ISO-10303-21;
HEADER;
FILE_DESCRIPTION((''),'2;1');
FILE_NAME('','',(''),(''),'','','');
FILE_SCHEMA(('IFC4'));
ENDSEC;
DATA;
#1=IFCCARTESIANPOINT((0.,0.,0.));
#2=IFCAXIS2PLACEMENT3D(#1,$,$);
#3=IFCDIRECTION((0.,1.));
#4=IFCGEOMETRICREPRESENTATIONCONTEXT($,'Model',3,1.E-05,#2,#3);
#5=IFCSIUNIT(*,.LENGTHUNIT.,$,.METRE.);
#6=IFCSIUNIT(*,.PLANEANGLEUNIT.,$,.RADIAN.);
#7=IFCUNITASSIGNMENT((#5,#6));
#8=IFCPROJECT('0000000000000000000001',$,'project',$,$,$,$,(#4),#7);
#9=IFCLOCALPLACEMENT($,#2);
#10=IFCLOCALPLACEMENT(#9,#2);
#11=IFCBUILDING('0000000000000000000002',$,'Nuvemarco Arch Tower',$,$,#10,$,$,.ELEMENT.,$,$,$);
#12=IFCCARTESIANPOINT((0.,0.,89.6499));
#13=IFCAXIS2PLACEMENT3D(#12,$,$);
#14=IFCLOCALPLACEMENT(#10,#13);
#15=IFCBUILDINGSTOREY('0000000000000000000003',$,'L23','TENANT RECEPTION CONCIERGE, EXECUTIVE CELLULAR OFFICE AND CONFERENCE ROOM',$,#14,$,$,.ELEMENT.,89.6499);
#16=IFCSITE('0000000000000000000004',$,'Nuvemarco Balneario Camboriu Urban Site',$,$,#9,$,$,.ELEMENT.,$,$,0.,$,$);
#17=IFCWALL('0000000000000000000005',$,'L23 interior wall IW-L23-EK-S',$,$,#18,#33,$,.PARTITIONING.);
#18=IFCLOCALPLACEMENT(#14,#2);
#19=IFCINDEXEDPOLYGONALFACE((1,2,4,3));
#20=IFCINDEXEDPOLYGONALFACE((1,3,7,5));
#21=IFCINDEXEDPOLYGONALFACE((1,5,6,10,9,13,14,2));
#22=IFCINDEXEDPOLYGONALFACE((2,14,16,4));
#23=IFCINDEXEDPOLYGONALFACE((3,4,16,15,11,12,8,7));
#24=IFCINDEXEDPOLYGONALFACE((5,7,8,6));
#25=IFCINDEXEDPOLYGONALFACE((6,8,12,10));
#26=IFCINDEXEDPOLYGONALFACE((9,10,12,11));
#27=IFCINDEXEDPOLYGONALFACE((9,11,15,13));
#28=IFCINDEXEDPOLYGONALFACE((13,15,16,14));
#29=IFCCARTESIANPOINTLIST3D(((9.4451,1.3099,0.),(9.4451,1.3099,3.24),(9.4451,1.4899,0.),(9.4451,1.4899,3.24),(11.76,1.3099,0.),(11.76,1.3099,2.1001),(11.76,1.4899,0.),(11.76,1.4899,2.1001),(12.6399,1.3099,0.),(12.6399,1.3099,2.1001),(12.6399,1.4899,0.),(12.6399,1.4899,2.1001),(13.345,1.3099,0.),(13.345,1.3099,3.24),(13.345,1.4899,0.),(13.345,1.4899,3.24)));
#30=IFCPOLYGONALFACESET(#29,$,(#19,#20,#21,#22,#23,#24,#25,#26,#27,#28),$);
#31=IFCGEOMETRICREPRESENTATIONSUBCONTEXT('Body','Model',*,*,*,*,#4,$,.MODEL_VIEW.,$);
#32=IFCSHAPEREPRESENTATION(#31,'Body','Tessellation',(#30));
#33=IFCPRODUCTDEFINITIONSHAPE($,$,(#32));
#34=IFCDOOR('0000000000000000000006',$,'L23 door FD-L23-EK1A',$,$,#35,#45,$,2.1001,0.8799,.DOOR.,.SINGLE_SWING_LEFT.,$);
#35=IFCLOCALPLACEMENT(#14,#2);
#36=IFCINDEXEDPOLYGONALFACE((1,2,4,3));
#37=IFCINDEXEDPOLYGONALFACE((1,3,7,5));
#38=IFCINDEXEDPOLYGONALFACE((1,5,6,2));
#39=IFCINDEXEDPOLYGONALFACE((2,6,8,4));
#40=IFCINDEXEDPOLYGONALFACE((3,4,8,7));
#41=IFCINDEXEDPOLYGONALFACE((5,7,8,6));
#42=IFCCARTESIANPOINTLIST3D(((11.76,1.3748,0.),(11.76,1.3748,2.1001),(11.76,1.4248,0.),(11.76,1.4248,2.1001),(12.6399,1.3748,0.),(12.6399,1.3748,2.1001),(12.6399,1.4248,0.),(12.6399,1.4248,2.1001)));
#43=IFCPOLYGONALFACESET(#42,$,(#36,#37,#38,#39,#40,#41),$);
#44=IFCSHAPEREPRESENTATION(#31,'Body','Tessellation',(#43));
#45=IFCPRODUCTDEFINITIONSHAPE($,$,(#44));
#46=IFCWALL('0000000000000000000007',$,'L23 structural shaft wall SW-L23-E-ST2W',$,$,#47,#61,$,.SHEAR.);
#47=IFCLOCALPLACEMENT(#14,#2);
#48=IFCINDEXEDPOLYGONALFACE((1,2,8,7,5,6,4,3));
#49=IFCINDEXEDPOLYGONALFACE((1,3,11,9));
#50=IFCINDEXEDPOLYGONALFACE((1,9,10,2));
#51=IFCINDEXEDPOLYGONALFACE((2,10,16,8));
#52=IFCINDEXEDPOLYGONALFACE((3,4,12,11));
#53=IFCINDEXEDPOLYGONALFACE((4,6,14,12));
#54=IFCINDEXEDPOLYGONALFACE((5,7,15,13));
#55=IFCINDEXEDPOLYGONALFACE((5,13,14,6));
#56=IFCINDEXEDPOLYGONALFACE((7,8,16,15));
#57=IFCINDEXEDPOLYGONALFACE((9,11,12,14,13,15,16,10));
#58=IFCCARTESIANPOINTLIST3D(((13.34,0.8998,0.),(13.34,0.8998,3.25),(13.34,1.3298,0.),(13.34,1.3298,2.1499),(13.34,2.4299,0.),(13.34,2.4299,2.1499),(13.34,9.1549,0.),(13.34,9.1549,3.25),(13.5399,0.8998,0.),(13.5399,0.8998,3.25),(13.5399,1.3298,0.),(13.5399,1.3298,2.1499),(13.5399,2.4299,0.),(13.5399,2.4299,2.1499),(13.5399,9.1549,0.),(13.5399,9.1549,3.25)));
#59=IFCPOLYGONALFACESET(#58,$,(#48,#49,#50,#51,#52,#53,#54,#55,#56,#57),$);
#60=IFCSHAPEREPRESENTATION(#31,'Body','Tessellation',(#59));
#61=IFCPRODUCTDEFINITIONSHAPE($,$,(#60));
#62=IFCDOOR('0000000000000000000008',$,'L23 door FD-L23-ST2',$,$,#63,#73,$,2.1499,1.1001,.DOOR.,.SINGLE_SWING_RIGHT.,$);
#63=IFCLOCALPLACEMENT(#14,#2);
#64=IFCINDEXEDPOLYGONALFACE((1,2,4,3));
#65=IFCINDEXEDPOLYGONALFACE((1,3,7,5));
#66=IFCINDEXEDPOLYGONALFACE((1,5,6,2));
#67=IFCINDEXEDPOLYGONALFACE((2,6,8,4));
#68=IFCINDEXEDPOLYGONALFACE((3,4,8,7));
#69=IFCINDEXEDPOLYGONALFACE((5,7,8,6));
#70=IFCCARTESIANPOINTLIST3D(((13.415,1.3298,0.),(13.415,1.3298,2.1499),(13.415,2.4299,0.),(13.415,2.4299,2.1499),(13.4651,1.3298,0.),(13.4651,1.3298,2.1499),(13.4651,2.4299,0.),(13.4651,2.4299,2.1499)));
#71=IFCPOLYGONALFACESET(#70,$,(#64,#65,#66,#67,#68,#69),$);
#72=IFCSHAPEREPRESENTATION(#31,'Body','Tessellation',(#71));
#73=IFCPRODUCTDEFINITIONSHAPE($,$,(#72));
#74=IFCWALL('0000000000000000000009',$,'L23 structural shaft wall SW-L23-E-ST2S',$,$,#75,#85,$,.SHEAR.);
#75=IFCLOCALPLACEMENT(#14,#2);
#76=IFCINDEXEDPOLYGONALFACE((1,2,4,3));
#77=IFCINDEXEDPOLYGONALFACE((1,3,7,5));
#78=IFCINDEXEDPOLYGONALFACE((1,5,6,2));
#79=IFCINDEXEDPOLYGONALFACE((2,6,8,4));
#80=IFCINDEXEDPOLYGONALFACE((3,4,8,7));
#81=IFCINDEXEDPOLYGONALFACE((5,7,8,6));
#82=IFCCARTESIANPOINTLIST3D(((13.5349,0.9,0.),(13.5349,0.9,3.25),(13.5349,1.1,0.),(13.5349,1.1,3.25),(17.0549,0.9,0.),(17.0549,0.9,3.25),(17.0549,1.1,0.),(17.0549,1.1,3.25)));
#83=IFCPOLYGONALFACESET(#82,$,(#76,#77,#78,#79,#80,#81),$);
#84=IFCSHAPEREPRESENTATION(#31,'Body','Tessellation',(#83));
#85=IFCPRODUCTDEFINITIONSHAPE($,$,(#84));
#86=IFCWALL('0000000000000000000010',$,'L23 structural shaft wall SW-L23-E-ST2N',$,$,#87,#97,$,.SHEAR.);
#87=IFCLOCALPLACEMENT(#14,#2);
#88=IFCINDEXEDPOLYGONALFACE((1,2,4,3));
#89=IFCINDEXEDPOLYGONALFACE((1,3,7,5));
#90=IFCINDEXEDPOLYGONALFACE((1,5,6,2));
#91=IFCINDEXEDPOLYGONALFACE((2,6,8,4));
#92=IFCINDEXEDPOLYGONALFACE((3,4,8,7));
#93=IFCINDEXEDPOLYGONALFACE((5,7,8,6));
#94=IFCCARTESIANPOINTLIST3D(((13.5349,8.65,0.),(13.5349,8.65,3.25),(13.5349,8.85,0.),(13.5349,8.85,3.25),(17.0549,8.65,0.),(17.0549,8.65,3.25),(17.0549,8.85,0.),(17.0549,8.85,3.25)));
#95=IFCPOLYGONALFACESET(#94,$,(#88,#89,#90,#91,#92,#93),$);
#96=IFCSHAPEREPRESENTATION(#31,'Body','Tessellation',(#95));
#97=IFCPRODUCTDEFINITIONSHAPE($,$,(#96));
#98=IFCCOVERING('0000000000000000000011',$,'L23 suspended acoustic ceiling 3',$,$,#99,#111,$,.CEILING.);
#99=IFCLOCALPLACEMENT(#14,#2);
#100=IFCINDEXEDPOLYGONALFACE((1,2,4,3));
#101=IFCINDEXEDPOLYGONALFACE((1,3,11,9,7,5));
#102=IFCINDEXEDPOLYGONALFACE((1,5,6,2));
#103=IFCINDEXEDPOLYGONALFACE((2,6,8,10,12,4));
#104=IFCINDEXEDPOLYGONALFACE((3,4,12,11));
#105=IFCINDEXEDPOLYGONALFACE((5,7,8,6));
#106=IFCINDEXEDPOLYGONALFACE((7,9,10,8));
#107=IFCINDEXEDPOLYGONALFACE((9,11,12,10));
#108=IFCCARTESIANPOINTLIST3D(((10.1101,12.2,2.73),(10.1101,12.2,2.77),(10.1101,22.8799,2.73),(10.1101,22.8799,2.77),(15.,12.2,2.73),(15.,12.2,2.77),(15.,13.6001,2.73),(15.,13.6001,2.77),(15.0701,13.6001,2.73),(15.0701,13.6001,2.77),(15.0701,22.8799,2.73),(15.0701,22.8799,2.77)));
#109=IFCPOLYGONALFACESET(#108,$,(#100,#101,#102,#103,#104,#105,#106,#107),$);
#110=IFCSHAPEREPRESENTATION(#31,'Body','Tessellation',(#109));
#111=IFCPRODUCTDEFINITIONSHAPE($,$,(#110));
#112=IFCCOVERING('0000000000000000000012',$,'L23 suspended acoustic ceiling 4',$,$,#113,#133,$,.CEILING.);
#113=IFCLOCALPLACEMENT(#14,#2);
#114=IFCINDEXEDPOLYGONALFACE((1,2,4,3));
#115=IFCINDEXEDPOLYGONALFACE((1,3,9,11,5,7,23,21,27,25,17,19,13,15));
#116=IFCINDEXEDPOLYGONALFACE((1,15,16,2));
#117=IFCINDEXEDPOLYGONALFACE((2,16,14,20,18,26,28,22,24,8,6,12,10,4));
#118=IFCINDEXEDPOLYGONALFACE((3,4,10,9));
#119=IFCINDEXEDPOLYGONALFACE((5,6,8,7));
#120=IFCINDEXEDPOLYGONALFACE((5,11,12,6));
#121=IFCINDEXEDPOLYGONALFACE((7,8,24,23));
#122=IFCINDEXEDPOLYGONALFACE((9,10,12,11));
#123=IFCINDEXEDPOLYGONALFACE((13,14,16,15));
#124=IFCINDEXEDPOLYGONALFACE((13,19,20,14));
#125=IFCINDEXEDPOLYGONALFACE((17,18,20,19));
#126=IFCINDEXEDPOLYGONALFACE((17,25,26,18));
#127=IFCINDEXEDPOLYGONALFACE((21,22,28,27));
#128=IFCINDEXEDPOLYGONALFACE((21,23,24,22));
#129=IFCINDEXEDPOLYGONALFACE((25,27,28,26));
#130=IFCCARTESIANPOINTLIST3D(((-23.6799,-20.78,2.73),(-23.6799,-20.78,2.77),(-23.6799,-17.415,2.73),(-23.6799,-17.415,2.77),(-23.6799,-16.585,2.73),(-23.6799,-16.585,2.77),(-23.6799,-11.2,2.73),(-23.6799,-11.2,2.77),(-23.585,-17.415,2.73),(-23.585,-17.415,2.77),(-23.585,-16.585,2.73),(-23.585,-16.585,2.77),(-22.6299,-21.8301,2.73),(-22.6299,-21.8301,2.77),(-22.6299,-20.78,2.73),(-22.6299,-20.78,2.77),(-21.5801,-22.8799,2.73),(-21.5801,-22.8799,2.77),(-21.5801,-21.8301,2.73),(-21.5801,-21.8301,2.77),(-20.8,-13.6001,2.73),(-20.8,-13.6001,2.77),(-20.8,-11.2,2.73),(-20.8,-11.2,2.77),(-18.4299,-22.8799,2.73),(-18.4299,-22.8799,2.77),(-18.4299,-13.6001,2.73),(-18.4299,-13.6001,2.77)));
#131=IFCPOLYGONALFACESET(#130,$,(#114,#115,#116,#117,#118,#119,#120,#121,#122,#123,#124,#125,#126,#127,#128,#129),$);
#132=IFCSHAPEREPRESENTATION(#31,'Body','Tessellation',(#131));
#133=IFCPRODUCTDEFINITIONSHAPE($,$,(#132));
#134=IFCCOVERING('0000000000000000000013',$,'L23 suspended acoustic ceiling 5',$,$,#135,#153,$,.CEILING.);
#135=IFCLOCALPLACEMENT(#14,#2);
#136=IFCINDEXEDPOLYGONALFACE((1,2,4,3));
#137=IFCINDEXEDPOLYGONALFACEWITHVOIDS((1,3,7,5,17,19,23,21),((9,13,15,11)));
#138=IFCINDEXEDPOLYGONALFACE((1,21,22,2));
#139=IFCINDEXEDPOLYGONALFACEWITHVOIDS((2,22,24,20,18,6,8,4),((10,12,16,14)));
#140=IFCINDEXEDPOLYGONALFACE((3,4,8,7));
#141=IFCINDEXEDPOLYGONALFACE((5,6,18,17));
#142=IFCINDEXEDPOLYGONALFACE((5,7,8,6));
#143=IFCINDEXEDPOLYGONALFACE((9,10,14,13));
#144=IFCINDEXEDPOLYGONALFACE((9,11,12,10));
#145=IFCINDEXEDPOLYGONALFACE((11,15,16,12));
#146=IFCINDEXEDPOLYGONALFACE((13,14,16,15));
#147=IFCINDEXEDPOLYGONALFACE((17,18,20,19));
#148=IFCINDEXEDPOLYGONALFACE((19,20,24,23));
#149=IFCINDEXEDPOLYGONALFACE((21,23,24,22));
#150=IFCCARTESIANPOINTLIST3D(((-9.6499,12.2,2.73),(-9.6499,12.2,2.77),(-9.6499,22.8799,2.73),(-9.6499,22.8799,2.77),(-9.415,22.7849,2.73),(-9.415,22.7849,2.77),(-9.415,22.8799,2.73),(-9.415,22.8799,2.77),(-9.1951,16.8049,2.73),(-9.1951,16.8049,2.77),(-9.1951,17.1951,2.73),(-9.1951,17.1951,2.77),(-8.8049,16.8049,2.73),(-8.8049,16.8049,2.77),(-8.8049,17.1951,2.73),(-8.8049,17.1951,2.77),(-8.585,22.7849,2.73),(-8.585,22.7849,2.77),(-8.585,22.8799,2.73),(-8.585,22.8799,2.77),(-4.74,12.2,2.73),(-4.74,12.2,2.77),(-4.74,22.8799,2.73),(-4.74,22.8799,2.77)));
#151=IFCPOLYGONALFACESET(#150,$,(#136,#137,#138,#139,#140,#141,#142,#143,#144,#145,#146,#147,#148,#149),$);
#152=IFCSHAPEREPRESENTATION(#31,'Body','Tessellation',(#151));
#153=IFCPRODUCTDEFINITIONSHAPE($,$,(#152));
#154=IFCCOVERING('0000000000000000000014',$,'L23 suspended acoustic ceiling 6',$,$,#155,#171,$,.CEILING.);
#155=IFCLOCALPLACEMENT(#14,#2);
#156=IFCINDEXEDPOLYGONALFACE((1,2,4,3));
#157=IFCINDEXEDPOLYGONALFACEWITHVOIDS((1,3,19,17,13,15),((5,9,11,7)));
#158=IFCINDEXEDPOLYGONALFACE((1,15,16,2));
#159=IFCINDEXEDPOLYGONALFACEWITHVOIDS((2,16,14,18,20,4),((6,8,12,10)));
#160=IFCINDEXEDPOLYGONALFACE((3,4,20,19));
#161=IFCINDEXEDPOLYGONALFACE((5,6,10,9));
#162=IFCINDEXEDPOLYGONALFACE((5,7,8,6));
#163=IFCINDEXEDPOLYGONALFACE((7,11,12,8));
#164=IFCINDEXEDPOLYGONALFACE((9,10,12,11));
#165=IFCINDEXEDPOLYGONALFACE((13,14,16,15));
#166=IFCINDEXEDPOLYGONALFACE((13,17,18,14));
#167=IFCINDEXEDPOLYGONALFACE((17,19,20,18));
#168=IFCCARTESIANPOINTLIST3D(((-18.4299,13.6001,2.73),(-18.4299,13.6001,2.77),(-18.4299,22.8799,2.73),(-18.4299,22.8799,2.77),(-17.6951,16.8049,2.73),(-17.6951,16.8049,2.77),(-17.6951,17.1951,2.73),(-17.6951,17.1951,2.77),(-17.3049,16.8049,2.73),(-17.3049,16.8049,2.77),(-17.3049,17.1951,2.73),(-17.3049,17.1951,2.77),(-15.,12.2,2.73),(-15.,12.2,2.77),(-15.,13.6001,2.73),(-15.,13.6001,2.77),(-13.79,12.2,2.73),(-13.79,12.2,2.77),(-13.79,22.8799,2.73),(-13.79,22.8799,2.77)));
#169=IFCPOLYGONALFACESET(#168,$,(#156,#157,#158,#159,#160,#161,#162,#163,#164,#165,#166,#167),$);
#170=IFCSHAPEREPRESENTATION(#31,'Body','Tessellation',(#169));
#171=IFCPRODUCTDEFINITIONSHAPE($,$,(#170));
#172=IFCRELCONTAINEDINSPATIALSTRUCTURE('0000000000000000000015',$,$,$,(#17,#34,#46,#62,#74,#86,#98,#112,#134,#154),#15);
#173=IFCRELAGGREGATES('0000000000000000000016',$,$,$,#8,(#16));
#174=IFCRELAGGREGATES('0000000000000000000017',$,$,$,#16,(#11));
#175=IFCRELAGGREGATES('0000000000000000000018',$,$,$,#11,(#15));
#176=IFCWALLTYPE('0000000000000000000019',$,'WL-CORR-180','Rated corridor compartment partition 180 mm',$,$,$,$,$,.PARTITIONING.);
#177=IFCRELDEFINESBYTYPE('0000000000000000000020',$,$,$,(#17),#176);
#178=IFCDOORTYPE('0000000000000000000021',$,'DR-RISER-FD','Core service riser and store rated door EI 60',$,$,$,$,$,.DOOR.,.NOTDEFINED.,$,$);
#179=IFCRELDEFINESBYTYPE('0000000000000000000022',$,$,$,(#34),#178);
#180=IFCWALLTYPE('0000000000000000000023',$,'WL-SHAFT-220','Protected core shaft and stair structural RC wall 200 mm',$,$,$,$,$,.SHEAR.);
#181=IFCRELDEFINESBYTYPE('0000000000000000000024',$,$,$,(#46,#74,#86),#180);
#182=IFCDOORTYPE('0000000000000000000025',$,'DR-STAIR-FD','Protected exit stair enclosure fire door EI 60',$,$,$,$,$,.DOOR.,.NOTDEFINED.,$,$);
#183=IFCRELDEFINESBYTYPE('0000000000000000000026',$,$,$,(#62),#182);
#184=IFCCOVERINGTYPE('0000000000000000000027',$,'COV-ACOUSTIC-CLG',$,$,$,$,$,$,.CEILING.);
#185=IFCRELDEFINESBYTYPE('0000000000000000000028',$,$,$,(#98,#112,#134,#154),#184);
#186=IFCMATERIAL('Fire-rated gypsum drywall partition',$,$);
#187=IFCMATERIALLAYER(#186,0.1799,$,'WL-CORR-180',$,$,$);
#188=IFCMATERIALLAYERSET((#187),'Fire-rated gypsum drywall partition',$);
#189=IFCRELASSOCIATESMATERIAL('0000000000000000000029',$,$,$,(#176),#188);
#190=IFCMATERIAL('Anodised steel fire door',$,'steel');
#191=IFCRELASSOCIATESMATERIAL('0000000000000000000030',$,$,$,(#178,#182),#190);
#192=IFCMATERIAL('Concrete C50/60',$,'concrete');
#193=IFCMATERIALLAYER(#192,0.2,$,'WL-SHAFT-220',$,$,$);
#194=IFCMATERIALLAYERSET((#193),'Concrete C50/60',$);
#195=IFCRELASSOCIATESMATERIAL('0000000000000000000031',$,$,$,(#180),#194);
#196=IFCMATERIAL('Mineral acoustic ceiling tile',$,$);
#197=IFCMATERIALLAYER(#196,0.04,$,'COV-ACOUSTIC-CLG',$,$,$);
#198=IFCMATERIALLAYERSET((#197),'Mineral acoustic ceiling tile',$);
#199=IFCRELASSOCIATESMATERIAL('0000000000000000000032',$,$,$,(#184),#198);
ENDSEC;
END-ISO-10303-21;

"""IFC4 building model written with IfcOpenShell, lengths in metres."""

from ifc_helpers import new_model, si_unit, direction, frame, frame_2d, origin, place, context, subcontext, project, spatial, polyline, rectangle, outline, extrude, source, transform, mapped, material, layer, layer_set, type_object, type_shapes, element, fill, save


model = new_model("IFC4")

# Units and contexts
model_context = context("Model", 3, precision=1e-05, world=origin(), true_north=direction((0.0, 1.0)))
body_context = subcontext(model_context, "Body", "Model", "MODEL_VIEW")
ifc_project = project(units=[si_unit("LENGTHUNIT", "METRE"), si_unit("PLANEANGLEUNIT", "RADIAN")], contexts=[model_context])

# Site, building, storey
site_placement = place(None, origin())
site = spatial("IfcSite", under=ifc_project, at=site_placement, Name="Nuvemarco Balneario Camboriu Urban Site", CompositionType="ELEMENT", RefElevation=0.0)
building_placement = place(site_placement, origin())
building = spatial("IfcBuilding", under=site, at=building_placement, Name="Nuvemarco Arch Tower", CompositionType="ELEMENT")
storey_placement = place(building_placement, frame((0.0, 0.0, 89.6499)))
storey = spatial("IfcBuildingStorey", under=building, at=storey_placement, Name="L23", Description="TENANT RECEPTION CONCIERGE, EXECUTIVE CELLULAR OFFICE AND CONFERENCE ROOM", CompositionType="ELEMENT", Elevation=89.6499)

# Walls, openings, doors
ifc_material_1 = material(Name="Fire-rated gypsum drywall partition")
ifc_layer_1 = layer(ifc_material_1, 0.1799, Name="WL-CORR-180")
ifc_layer_set_1 = layer_set([ifc_layer_1], Name="Fire-rated gypsum drywall partition")
wall_type_1 = type_object("IfcWallType", Name="WL-CORR-180", Description="Rated corridor compartment partition 180 mm", PredefinedType="PARTITIONING", material=ifc_layer_set_1)
wall_1_placement = place(storey_placement, frame((9.4451, 1.3999, 0.0), z_axis=(0.0, 0.0, 1.0), x_axis=(1.0, 0.0, 0.0)))
wall_1 = element("IfcWall", 1, at=wall_1_placement, inside=storey, type_object=wall_type_1, Name="L23 interior wall IW-L23-EK-S", PredefinedType="PARTITIONING", context=body_context, shape_type="SweptSolid", body=[
    extrude(rectangle(XDim=3.8999, YDim=0.1799, at=frame_2d((1.95, 0.0))), origin(), (0.0, 0.0, 1.0), 3.24),
])
opening_1_placement = place(wall_1_placement, frame((2.3149, 0.0, 0.0)))
opening_1 = element("IfcOpeningElement", 2, at=opening_1_placement, cuts=wall_1, PredefinedType="OPENING", context=body_context, shape_type="SweptSolid", body=[
    extrude(rectangle(XDim=0.8799, YDim=2.1001, at=frame_2d((0.4399, 1.05))), frame((0.0, 0.0999, 0.0), z_axis=(0.0, -1.0, 0.0), x_axis=(1.0, 0.0, 0.0)), (0.0, 0.0, 1.0), 0.2),
])
ifc_material_2 = material(Name="Anodised steel fire door", Category="steel")
door_type_1 = type_object("IfcDoorType", Name="DR-RISER-FD", Description="Core service riser and store rated door EI 60", OperationType="NOTDEFINED", PredefinedType="DOOR", material=ifc_material_2)
shared_shape_1 = source(origin(), body_context, "Body", "SweptSolid", [
    extrude(rectangle(XDim=0.8799, YDim=2.1001, at=frame_2d((0.4399, 1.05))), frame((0.0, 0.0249, 0.0), z_axis=(0.0, -1.0, 0.0), x_axis=(1.0, 0.0, 0.0)), (0.0, 0.0, 1.0), 0.05),
])
type_shapes(door_type_1, [shared_shape_1])
door_1_placement = place(opening_1_placement, origin())
door_1 = element("IfcDoor", 3, at=door_1_placement, inside=storey, type_object=door_type_1, Name="L23 door FD-L23-EK1A", OperationType="SINGLE_SWING_LEFT", OverallHeight=2.1001, OverallWidth=0.8799, PredefinedType="DOOR", context=body_context, shape_type="MappedRepresentation", body=[
    mapped(shared_shape_1, transform((0.0, 0.0, 0.0), scale=1.0)),
])
fill(opening_1, door_1)
ifc_material_3 = material(Name="Concrete C50/60", Category="concrete")
ifc_layer_2 = layer(ifc_material_3, 0.2, Name="WL-SHAFT-220")
ifc_layer_set_2 = layer_set([ifc_layer_2], Name="Concrete C50/60")
wall_type_2 = type_object("IfcWallType", Name="WL-SHAFT-220", Description="Protected core shaft and stair structural RC wall 200 mm", PredefinedType="SHEAR", material=ifc_layer_set_2)
wall_2_placement = place(storey_placement, frame((13.4399, 0.8999, 0.0), z_axis=(0.0, 0.0, 1.0), x_axis=(0.0, 1.0, 0.0)))
wall_2 = element("IfcWall", 4, at=wall_2_placement, inside=storey, type_object=wall_type_2, Name="L23 structural shaft wall SW-L23-E-ST2W", PredefinedType="SHEAR", context=body_context, shape_type="SweptSolid", body=[
    extrude(rectangle(XDim=8.2551, YDim=0.2, at=frame_2d((4.1274, 0.0))), origin(), (0.0, 0.0, 1.0), 3.25),
])
opening_2_placement = place(wall_2_placement, frame((0.4299, 0.0, 0.0)))
opening_2 = element("IfcOpeningElement", 5, at=opening_2_placement, cuts=wall_2, PredefinedType="OPENING", context=body_context, shape_type="SweptSolid", body=[
    extrude(rectangle(XDim=1.1001, YDim=2.1499, at=frame_2d((0.55, 1.075))), frame((0.0, 0.1099, 0.0), z_axis=(0.0, -1.0, 0.0), x_axis=(1.0, 0.0, 0.0)), (0.0, 0.0, 1.0), 0.22),
])
door_type_2 = type_object("IfcDoorType", Name="DR-STAIR-FD", Description="Protected exit stair enclosure fire door EI 60", OperationType="NOTDEFINED", PredefinedType="DOOR", material=ifc_material_2)
shared_shape_2 = source(origin(), body_context, "Body", "SweptSolid", [
    extrude(rectangle(XDim=1.1001, YDim=2.1499, at=frame_2d((0.55, 1.075))), frame((0.0, 0.0249, 0.0), z_axis=(0.0, -1.0, 0.0), x_axis=(1.0, 0.0, 0.0)), (0.0, 0.0, 1.0), 0.05),
])
type_shapes(door_type_2, [shared_shape_2])
door_2_placement = place(opening_2_placement, origin())
door_2 = element("IfcDoor", 6, at=door_2_placement, inside=storey, type_object=door_type_2, Name="L23 door FD-L23-ST2", OperationType="SINGLE_SWING_RIGHT", OverallHeight=2.1499, OverallWidth=1.1001, PredefinedType="DOOR", context=body_context, shape_type="MappedRepresentation", body=[
    mapped(shared_shape_2, transform((0.0, 0.0, 0.0), scale=1.0)),
])
fill(opening_2, door_2)

# Walls
for number, where, z_axis, x_axis, name in (
    (7, (13.5349, 1.0, 0.0), (0.0, 0.0, 1.0), (1.0, 0.0, 0.0), "L23 structural shaft wall SW-L23-E-ST2S"),
    (8, (13.5349, 8.75, 0.0), (0.0, 0.0, 1.0), (1.0, 0.0, 0.0), "L23 structural shaft wall SW-L23-E-ST2N"),
):
    element("IfcWall", number, at=place(storey_placement, frame(where, z_axis=z_axis, x_axis=x_axis)), inside=storey, type_object=wall_type_2, Name=name, PredefinedType="SHEAR", context=body_context, shape_type="SweptSolid", body=[
        extrude(rectangle(XDim=3.52, YDim=0.2, at=frame_2d((1.76, 0.0))), origin(), (0.0, 0.0, 1.0), 3.25),
    ])

# Coverings
ifc_material_4 = material(Name="Mineral acoustic ceiling tile")
ifc_layer_3 = layer(ifc_material_4, 0.04, Name="COV-ACOUSTIC-CLG")
ifc_layer_set_3 = layer_set([ifc_layer_3], Name="Mineral acoustic ceiling tile")
covering_type_1 = type_object("IfcCoveringType", Name="COV-ACOUSTIC-CLG", PredefinedType="CEILING", material=ifc_layer_set_3)
covering_1_placement = place(storey_placement, frame((0.0, 0.0, 2.73)))
element("IfcCovering", 9, at=covering_1_placement, inside=storey, type_object=covering_type_1, Name="L23 suspended acoustic ceiling 3", PredefinedType="CEILING", context=body_context, shape_type="SweptSolid", body=[
    extrude(outline(polyline([(15.0701, 22.8799), (15.0701, 13.6001), (15.0, 13.6001), (15.0, 12.2), (10.1101, 12.2), (10.1101, 22.8799), (15.0701, 22.8799)])), origin(), (0.0, 0.0, 1.0), 0.04),
])
covering_2_placement = place(storey_placement, frame((0.0, 0.0, 2.73)))
element("IfcCovering", 10, at=covering_2_placement, inside=storey, type_object=covering_type_1, Name="L23 suspended acoustic ceiling 4", PredefinedType="CEILING", context=body_context, shape_type="SweptSolid", body=[
    extrude(outline(polyline([(-23.6799, -20.78), (-23.6799, -17.415), (-23.585, -17.415), (-23.585, -16.585), (-23.6799, -16.585), (-23.6799, -11.2), (-20.8, -11.2), (-20.8, -13.6001), (-18.4299, -13.6001), (-18.4299, -22.8799), (-21.5801, -22.8799), (-21.5801, -21.8301), (-22.6299, -21.8301), (-22.6299, -20.78), (-23.6799, -20.78)])), origin(), (0.0, 0.0, 1.0), 0.04),
])
covering_3_placement = place(storey_placement, frame((0.0, 0.0, 2.73)))
element("IfcCovering", 11, at=covering_3_placement, inside=storey, type_object=covering_type_1, Name="L23 suspended acoustic ceiling 5", PredefinedType="CEILING", context=body_context, shape_type="SweptSolid", body=[
    extrude(outline(polyline([(-4.74, 12.2), (-9.6499, 12.2), (-9.6499, 22.8799), (-9.415, 22.8799), (-9.415, 22.7849), (-8.585, 22.7849), (-8.585, 22.8799), (-4.74, 22.8799), (-4.74, 12.2)]), holes=[polyline([(-8.8049, 16.8049), (-8.8049, 17.1951), (-9.1951, 17.1951), (-9.1951, 16.8049), (-8.8049, 16.8049)])]), origin(), (0.0, 0.0, 1.0), 0.04),
])
covering_4_placement = place(storey_placement, frame((0.0, 0.0, 2.73)))
element("IfcCovering", 12, at=covering_4_placement, inside=storey, type_object=covering_type_1, Name="L23 suspended acoustic ceiling 6", PredefinedType="CEILING", context=body_context, shape_type="SweptSolid", body=[
    extrude(outline(polyline([(-13.79, 22.8799), (-13.79, 12.2), (-15.0, 12.2), (-15.0, 13.6001), (-18.4299, 13.6001), (-18.4299, 22.8799), (-13.79, 22.8799)]), holes=[polyline([(-17.3049, 16.8049), (-17.3049, 17.1951), (-17.6951, 17.1951), (-17.6951, 16.8049), (-17.3049, 16.8049)])]), origin(), (0.0, 0.0, 1.0), 0.04),
])

save(model, "model.ifc")
